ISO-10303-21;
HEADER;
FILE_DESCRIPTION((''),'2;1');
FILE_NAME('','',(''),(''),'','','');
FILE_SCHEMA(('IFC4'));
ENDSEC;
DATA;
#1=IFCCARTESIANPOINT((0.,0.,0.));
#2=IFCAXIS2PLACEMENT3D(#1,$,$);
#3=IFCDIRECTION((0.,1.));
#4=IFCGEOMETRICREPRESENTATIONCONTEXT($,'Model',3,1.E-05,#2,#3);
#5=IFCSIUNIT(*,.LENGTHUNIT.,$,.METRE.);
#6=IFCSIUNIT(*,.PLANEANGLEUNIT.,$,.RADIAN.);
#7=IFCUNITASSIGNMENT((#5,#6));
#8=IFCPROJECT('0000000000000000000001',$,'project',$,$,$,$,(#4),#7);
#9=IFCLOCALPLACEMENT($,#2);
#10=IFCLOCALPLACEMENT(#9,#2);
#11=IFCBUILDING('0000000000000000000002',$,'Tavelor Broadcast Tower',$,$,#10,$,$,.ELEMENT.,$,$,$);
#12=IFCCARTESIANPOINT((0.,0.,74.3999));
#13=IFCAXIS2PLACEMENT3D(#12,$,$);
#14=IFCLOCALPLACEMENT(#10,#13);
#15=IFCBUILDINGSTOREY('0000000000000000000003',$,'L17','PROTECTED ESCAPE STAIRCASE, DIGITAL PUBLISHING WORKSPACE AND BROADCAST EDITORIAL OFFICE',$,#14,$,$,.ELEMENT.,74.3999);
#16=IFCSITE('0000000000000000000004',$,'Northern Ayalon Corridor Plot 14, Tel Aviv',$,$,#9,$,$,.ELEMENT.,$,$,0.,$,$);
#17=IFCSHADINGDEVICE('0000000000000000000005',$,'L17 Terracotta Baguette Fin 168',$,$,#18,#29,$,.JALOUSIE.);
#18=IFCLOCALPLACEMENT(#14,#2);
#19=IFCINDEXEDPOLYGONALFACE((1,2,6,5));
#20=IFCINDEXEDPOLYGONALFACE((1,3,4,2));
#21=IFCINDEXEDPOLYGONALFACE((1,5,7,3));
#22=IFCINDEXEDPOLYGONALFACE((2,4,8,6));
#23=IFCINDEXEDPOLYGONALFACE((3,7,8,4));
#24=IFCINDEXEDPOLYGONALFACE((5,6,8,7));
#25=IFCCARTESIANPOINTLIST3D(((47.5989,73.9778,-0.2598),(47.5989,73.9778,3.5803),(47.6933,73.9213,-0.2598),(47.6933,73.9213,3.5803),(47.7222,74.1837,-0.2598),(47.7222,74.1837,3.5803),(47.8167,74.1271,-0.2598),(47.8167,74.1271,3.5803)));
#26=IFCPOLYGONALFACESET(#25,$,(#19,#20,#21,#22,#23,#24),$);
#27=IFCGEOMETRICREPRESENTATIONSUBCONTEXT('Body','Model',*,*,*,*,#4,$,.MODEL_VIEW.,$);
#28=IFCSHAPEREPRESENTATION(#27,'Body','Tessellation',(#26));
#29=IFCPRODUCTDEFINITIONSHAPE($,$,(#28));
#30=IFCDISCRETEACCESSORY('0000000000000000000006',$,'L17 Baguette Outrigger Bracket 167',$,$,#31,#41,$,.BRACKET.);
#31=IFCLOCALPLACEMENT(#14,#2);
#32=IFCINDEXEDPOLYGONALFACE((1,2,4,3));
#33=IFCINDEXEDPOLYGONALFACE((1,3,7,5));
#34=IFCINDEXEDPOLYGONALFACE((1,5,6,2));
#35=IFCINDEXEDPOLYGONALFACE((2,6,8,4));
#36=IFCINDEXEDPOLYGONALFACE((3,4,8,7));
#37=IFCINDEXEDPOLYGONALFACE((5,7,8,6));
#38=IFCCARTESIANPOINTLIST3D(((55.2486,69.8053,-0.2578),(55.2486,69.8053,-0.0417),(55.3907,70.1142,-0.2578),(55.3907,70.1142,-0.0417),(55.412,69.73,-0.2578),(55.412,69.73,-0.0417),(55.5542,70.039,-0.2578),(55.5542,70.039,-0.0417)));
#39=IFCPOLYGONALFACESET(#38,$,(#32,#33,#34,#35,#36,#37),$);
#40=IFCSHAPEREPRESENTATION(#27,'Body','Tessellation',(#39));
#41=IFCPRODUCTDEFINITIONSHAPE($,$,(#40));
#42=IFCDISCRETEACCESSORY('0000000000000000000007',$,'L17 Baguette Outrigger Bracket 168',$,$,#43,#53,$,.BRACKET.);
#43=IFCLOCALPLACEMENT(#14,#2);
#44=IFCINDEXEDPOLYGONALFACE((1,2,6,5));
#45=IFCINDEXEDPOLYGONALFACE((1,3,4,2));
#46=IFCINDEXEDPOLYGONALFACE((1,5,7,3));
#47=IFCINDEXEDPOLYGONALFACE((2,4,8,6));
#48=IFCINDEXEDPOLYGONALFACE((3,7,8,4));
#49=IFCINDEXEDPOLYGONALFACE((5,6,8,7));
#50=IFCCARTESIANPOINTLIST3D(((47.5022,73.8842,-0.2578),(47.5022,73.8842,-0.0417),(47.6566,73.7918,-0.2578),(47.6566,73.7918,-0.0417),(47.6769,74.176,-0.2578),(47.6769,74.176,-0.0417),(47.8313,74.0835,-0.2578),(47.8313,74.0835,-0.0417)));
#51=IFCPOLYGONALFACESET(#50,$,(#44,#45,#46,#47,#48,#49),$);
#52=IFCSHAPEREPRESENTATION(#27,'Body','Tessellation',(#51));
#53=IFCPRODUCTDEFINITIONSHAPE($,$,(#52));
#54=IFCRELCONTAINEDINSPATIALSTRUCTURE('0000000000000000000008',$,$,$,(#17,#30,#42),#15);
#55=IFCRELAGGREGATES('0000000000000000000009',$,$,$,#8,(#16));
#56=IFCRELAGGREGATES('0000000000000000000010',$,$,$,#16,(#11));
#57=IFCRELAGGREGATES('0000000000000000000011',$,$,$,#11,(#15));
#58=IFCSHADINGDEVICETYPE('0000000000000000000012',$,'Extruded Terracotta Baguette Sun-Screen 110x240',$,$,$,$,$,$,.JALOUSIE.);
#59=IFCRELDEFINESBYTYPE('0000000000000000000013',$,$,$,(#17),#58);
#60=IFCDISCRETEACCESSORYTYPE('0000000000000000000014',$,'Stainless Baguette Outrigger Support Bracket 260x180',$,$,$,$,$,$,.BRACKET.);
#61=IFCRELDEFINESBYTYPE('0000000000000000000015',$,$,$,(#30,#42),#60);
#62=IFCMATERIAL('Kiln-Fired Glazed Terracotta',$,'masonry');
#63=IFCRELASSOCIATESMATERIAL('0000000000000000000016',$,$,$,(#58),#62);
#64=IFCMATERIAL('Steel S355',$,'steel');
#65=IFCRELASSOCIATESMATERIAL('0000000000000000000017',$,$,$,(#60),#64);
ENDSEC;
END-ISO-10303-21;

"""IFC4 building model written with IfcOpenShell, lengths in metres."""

from ifc_helpers import new_model, si_unit, direction, frame, origin, origin_2d, place, context, subcontext, project, spatial, rectangle, extrude, source, transform, mapped, material, type_object, type_shapes, element, save


model = new_model("IFC4")

# Units and contexts
model_context = context("Model", 3, precision=1e-05, world=origin(), true_north=direction((0.0, 1.0)))
body_context = subcontext(model_context, "Body", "Model", "MODEL_VIEW")
ifc_project = project(units=[si_unit("LENGTHUNIT", "METRE"), si_unit("PLANEANGLEUNIT", "RADIAN")], contexts=[model_context])

# Site, building, storey
site_placement = place(None, origin())
site = spatial("IfcSite", under=ifc_project, at=site_placement, Name="Northern Ayalon Corridor Plot 14, Tel Aviv", CompositionType="ELEMENT", RefElevation=0.0)
building_placement = place(site_placement, origin())
building = spatial("IfcBuilding", under=site, at=building_placement, Name="Tavelor Broadcast Tower", CompositionType="ELEMENT")
storey_placement = place(building_placement, frame((0.0, 0.0, 74.3999)))
storey = spatial("IfcBuildingStorey", under=building, at=storey_placement, Name="L17", Description="PROTECTED ESCAPE STAIRCASE, DIGITAL PUBLISHING WORKSPACE AND BROADCAST EDITORIAL OFFICE", CompositionType="ELEMENT", Elevation=74.3999)

# Shared definitions
ifc_material_1 = material(Name="Steel S355", Category="steel")

# Shading device
ifc_material_2 = material(Name="Kiln-Fired Glazed Terracotta", Category="masonry")
shading_device_type = type_object("IfcShadingDeviceType", Name="Extruded Terracotta Baguette Sun-Screen 110x240", PredefinedType="JALOUSIE", material=ifc_material_2)
shared_shape_1 = source(origin(), body_context, "Body", "SweptSolid", [
    extrude(rectangle(XDim=0.1101, YDim=0.24, at=origin_2d()), origin(), (0.0, 0.0, 1.0), 3.8401),
])
type_shapes(shading_device_type, [shared_shape_1])
for number, where, z_axis, x_axis, name in (
    (1, (47.7078, 74.0525, -0.2598), (0.0, 0.0, 1.0), (-0.857886, 0.513841, 0.0), "L17 Terracotta Baguette Fin 168"),
):
    element("IfcShadingDevice", number, at=place(storey_placement, frame(where, z_axis=z_axis, x_axis=x_axis)), inside=storey, type_object=shading_device_type, Name=name, PredefinedType="JALOUSIE", context=body_context, shape_type="MappedRepresentation", body=[
        mapped(shared_shape_1, transform((0.0, 0.0, 0.0), scale=1.0)),
    ])

# Discrete accessories
discrete_accessory_type = type_object("IfcDiscreteAccessoryType", Name="Stainless Baguette Outrigger Support Bracket 260x180", PredefinedType="BRACKET", material=ifc_material_1)
shared_shape_2 = source(origin(), body_context, "Body", "SweptSolid", [
    extrude(rectangle(XDim=0.1799, YDim=0.3401, at=origin_2d()), origin(), (0.0, 0.0, 1.0), 0.2161),
])
type_shapes(discrete_accessory_type, [shared_shape_2])
for number, where, z_axis, x_axis, name in (
    (2, (55.4014, 69.9221, -0.2578), (0.0, 0.0, 1.0), (-0.908435, 0.418026, 0.0), "L17 Baguette Outrigger Bracket 167"),
    (3, (47.6667, 73.9839, -0.2578), (0.0, 0.0, 1.0), (-0.857886, 0.513841, 0.0), "L17 Baguette Outrigger Bracket 168"),
):
    element("IfcDiscreteAccessory", number, at=place(storey_placement, frame(where, z_axis=z_axis, x_axis=x_axis)), inside=storey, type_object=discrete_accessory_type, Name=name, PredefinedType="BRACKET", context=body_context, shape_type="MappedRepresentation", body=[
        mapped(shared_shape_2, transform((0.0, 0.0, 0.0), scale=1.0)),
    ])

save(model, "model.ifc")
